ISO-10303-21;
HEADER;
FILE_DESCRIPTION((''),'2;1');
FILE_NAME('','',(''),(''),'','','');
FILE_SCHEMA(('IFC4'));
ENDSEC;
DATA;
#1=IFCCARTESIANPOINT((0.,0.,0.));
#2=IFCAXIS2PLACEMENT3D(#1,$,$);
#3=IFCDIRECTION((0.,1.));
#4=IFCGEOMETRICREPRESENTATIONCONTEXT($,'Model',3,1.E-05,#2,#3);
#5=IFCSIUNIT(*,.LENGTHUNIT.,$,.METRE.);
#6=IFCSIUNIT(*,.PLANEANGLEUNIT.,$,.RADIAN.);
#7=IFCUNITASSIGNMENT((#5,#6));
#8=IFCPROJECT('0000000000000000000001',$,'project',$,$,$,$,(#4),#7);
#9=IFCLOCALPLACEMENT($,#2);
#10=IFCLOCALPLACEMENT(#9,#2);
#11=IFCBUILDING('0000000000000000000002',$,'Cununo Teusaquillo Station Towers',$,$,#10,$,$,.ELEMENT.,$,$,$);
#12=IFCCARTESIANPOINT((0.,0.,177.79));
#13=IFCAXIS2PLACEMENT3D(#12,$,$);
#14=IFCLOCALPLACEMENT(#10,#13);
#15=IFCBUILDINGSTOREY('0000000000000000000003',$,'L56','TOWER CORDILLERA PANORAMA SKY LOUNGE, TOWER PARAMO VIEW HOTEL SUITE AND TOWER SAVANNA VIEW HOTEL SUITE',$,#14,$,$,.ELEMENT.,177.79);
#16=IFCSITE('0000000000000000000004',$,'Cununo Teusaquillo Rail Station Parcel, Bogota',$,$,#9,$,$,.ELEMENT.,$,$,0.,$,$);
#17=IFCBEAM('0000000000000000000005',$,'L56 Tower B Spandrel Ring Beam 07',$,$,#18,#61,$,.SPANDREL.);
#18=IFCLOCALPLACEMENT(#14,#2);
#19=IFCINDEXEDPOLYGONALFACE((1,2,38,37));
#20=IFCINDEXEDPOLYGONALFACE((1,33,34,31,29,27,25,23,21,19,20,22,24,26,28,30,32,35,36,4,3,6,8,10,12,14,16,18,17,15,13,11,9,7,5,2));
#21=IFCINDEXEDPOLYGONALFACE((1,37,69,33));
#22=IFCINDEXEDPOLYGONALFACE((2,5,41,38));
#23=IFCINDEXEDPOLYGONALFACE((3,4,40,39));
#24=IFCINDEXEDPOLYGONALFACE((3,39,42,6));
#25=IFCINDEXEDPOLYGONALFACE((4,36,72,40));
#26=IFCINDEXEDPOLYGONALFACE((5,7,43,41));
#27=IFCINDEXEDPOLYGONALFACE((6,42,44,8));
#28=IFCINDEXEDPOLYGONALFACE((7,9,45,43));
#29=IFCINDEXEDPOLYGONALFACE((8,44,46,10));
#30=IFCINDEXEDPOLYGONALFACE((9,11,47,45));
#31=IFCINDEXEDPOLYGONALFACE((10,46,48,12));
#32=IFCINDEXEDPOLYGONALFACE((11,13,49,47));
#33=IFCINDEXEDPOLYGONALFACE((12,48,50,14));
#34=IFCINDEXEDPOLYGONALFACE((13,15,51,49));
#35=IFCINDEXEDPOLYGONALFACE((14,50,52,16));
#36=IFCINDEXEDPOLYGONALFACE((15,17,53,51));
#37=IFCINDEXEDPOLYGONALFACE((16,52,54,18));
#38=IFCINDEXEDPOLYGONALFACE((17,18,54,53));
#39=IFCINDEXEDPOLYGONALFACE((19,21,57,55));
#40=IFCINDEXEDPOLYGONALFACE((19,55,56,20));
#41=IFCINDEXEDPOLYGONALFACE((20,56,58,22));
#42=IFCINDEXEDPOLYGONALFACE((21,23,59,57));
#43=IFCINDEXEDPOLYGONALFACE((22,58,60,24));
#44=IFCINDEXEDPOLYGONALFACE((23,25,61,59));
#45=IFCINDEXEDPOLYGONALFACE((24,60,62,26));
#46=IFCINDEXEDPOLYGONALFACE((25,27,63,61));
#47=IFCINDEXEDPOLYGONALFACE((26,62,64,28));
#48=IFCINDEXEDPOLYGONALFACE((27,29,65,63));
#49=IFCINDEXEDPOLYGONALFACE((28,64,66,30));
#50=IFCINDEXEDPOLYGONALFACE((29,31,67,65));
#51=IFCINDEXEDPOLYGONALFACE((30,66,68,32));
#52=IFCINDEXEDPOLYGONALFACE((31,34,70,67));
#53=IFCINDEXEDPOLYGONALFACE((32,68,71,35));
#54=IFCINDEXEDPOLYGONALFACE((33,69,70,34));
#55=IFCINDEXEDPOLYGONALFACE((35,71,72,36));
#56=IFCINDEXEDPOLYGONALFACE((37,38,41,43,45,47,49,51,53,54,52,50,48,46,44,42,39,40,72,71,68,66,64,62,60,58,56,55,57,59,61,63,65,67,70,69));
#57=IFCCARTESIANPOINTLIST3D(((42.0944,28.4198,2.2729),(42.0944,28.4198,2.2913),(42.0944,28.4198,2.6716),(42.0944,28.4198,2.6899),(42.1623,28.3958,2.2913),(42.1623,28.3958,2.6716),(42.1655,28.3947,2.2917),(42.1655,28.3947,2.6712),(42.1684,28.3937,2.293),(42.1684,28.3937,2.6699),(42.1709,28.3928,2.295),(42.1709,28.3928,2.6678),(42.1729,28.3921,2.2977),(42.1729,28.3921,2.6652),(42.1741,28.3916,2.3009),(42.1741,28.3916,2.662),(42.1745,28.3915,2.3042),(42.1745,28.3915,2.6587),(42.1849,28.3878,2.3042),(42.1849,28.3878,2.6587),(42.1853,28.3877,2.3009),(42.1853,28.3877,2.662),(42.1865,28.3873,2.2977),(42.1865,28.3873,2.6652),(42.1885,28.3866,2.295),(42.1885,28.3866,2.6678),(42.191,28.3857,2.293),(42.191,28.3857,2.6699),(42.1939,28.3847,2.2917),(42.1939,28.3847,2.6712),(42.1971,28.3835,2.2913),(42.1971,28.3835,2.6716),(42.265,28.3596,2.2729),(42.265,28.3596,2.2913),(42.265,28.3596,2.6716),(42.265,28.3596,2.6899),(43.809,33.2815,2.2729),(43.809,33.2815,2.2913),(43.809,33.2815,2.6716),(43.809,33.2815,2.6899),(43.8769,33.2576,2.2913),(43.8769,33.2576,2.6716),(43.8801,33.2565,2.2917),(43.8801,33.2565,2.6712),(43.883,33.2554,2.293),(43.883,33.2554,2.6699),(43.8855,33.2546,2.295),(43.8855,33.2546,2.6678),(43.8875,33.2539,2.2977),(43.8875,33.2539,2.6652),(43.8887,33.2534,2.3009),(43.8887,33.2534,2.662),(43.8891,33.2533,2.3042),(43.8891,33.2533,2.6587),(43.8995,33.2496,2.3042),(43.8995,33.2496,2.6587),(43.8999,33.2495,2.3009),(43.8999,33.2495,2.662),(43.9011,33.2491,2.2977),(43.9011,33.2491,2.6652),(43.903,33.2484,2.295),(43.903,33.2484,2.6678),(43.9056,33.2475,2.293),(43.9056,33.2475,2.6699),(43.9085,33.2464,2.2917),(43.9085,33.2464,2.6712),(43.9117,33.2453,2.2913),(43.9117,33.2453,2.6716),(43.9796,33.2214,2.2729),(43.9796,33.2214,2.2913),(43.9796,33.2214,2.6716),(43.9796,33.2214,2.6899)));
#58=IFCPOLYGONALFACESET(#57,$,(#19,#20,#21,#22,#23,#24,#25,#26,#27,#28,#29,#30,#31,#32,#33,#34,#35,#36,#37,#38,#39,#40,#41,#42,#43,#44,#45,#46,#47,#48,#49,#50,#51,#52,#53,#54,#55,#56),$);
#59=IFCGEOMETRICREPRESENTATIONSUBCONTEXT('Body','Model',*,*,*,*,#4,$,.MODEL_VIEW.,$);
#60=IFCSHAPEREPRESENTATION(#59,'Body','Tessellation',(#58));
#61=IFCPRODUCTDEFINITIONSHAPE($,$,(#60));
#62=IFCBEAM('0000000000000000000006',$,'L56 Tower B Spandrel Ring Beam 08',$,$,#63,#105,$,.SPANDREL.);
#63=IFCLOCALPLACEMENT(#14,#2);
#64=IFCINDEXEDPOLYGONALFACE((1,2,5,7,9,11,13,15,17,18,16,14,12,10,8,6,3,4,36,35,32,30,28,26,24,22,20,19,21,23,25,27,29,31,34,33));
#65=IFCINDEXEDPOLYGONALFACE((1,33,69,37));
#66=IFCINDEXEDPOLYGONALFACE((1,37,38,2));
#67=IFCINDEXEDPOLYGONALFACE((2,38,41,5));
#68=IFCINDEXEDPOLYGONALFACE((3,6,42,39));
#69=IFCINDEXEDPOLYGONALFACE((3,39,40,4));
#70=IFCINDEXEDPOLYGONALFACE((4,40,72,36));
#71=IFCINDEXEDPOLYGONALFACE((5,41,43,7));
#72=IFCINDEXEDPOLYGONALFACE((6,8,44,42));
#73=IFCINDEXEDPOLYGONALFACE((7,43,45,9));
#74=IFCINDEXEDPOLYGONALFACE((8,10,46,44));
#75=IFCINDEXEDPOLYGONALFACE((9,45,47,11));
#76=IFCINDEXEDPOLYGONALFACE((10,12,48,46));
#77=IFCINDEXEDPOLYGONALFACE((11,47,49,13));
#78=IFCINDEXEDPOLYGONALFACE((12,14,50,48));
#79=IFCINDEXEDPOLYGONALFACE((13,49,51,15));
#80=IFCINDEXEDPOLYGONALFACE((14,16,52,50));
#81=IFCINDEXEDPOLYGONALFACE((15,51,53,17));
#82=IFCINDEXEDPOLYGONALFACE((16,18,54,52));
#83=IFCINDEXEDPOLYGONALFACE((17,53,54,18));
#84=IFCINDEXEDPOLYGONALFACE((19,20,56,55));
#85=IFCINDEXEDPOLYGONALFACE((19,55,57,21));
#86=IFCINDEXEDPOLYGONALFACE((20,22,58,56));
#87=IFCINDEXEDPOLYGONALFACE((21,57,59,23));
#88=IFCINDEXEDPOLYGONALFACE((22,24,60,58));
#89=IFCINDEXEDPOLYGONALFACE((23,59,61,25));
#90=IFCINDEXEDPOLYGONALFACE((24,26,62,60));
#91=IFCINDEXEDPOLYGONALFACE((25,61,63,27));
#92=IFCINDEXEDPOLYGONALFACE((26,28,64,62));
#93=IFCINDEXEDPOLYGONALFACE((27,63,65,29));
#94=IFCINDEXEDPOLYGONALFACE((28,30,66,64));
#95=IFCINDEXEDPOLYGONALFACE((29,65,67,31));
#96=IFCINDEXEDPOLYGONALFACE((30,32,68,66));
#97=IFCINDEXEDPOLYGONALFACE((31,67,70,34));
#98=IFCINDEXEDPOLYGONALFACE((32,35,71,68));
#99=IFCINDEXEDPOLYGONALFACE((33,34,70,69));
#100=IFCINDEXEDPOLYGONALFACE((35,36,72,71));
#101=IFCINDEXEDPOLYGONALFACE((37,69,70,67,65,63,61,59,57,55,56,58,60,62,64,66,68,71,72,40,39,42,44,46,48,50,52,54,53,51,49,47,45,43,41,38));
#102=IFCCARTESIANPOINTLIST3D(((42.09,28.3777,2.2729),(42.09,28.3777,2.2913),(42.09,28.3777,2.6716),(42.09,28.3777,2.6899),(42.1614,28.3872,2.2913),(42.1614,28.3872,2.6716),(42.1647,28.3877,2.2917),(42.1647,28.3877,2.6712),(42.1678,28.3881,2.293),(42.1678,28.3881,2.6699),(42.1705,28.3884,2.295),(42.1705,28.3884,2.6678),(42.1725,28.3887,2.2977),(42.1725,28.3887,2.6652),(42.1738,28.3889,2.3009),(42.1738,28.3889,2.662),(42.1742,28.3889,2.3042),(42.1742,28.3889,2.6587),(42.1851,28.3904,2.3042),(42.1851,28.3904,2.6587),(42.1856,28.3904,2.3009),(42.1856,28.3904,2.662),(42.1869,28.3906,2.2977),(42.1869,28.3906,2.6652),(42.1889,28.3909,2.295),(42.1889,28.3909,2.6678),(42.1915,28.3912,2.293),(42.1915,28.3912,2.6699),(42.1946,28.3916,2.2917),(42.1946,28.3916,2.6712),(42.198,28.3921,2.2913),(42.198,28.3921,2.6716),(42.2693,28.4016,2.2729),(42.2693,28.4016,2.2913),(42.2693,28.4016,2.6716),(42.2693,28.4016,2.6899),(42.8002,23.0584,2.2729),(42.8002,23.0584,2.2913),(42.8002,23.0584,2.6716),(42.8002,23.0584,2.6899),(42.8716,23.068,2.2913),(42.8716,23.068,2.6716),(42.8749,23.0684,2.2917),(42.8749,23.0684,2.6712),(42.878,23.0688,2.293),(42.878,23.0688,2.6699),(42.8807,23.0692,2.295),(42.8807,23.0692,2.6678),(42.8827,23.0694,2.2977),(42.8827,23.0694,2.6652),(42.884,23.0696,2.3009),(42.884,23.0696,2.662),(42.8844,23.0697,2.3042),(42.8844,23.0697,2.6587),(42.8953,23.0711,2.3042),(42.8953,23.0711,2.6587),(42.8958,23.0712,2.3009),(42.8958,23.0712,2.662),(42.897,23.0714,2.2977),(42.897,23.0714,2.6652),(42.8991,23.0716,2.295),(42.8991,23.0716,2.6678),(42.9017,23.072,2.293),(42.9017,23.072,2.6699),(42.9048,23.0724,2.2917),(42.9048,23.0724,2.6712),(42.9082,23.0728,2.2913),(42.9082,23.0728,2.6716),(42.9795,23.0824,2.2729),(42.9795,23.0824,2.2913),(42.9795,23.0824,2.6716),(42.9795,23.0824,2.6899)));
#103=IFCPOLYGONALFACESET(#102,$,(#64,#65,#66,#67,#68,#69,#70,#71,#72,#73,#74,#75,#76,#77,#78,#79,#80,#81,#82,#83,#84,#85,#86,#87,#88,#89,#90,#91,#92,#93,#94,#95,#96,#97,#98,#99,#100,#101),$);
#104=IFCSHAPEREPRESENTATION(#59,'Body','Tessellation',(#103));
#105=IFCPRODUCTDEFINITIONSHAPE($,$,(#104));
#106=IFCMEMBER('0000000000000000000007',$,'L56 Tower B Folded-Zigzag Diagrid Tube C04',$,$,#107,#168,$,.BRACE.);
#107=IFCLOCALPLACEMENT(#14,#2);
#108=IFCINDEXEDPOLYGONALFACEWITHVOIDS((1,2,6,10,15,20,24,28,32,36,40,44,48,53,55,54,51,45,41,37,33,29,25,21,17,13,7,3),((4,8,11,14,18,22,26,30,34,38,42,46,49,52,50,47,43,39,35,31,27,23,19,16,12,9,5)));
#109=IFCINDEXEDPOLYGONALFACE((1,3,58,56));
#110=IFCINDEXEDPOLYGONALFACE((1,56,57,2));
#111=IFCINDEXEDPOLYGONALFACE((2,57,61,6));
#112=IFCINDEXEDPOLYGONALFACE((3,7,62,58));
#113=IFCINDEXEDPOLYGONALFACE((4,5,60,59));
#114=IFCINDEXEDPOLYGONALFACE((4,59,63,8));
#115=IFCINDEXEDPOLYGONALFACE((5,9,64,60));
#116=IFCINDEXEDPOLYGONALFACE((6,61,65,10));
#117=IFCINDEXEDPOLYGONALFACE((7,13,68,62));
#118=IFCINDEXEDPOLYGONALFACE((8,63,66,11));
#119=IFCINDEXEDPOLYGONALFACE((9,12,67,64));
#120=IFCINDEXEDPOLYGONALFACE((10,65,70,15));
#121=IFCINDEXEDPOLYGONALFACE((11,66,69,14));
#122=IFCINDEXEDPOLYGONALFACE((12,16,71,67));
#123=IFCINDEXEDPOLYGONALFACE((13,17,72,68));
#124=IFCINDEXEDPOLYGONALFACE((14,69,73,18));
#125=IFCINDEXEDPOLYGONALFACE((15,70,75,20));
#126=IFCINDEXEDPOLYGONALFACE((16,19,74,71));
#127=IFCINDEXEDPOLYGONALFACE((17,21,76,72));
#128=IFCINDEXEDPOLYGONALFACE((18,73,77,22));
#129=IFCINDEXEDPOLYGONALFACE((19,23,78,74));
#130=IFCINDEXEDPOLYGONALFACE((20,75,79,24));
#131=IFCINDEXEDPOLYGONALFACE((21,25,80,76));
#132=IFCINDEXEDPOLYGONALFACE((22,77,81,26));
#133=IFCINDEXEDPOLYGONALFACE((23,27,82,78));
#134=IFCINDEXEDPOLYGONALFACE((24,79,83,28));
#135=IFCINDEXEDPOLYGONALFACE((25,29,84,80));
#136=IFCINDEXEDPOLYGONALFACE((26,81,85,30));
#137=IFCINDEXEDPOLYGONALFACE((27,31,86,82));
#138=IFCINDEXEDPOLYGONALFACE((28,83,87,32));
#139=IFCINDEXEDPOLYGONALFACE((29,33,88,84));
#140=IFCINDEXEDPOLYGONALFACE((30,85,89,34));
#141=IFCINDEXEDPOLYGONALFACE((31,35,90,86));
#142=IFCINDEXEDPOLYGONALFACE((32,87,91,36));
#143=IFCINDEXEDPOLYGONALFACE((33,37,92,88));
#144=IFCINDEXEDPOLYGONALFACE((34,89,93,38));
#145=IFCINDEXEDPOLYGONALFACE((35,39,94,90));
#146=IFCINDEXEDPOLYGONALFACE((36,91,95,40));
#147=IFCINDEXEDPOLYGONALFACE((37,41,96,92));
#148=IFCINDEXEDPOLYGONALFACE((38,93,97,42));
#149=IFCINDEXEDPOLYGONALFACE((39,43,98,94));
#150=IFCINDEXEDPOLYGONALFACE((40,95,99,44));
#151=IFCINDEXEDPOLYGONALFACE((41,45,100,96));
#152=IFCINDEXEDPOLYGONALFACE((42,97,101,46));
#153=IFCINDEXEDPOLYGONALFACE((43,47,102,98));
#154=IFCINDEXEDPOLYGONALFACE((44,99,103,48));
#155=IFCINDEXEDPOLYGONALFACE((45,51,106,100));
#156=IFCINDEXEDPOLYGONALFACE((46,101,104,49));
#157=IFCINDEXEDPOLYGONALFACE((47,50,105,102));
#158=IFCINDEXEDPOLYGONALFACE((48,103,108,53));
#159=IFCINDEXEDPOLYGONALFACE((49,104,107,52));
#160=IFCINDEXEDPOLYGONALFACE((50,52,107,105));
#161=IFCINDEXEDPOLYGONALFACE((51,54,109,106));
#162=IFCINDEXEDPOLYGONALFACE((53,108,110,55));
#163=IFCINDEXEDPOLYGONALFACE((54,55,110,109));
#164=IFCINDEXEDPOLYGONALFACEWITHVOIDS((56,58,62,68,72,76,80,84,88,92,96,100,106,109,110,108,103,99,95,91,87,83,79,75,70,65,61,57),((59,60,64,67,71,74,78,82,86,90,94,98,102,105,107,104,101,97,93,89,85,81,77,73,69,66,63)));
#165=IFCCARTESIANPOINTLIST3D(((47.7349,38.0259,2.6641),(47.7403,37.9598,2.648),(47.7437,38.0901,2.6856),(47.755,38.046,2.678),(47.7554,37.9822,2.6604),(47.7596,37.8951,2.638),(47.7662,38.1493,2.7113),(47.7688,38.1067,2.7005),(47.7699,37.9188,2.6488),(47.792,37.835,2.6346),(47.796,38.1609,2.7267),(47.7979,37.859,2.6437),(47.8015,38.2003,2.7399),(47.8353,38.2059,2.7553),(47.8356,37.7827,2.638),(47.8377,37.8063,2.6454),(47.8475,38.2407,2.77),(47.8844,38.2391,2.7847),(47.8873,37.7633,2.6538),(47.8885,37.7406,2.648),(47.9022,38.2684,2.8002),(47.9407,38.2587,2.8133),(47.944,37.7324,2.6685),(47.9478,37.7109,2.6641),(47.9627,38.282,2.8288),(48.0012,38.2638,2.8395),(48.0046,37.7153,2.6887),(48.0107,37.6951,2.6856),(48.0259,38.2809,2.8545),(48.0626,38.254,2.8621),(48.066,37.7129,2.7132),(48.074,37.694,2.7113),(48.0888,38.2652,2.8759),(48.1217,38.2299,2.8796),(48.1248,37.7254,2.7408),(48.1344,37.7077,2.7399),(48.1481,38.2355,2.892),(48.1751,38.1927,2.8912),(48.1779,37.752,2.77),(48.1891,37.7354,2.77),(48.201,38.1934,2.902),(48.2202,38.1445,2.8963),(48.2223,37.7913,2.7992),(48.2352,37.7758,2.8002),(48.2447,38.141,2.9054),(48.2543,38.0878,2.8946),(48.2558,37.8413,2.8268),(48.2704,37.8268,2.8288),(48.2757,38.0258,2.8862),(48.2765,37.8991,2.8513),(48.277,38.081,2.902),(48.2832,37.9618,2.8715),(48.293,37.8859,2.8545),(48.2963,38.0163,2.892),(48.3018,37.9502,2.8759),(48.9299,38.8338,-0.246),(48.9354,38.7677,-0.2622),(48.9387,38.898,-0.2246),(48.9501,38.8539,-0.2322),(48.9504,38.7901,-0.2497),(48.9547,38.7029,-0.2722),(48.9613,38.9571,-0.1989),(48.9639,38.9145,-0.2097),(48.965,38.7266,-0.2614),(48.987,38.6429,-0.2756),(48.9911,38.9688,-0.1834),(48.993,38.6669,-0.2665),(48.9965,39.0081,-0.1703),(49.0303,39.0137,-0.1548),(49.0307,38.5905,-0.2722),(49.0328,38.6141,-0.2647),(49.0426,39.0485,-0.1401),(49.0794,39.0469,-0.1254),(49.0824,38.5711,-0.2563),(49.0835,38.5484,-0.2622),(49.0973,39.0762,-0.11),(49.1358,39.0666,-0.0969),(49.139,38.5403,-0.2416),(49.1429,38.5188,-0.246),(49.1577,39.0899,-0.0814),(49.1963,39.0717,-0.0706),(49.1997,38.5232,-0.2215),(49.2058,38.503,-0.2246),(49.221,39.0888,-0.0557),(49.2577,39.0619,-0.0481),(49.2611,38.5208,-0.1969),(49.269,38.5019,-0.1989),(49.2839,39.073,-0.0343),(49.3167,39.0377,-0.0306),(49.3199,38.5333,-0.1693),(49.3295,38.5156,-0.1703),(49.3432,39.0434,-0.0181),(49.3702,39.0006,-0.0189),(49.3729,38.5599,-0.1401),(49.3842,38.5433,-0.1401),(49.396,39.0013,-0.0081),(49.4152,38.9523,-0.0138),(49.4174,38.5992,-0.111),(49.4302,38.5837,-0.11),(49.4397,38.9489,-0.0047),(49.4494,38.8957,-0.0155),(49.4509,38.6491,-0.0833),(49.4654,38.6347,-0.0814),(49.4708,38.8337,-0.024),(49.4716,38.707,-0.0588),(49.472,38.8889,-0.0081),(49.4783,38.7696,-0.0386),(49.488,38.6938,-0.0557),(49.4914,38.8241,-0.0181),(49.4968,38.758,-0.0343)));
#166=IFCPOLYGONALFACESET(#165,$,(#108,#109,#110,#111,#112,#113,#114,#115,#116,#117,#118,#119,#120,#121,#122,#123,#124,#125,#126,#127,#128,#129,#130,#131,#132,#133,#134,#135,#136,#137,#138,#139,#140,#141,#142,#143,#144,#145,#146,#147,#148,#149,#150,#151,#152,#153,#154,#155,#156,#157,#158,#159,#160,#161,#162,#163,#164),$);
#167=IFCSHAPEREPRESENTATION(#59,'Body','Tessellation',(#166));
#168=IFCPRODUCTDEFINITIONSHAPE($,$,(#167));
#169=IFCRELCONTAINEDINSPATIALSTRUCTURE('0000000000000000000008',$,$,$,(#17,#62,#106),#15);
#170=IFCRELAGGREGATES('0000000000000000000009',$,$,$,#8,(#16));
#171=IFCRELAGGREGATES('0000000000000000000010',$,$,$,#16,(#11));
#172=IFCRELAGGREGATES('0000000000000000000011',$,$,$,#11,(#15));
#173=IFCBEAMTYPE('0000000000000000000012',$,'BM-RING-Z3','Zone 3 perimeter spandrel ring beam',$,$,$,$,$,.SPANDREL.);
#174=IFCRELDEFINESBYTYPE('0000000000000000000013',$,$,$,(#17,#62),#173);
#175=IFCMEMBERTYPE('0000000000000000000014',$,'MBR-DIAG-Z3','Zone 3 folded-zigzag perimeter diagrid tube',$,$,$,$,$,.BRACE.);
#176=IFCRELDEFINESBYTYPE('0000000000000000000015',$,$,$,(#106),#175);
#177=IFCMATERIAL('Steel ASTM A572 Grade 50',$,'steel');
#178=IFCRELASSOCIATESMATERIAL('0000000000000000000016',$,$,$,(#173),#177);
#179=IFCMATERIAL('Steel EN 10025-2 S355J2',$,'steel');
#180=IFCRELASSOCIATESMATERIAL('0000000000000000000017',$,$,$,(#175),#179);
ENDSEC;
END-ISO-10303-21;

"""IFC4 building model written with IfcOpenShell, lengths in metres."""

from ifc_helpers import new_model, si_unit, direction, frame, origin, origin_2d, place, context, subcontext, project, spatial, hollow_circle, i_section, extrude, material, material_profile, profile_set, type_object, element, save


model = new_model("IFC4")

# Units and contexts
model_context = context("Model", 3, precision=1e-05, world=origin(), true_north=direction((0.0, 1.0)))
body_context = subcontext(model_context, "Body", "Model", "MODEL_VIEW")
ifc_project = project(units=[si_unit("LENGTHUNIT", "METRE"), si_unit("PLANEANGLEUNIT", "RADIAN")], contexts=[model_context])

# Site, building, storey
site_placement = place(None, origin())
site = spatial("IfcSite", under=ifc_project, at=site_placement, Name="Cununo Teusaquillo Rail Station Parcel, Bogota", CompositionType="ELEMENT", RefElevation=0.0)
building_placement = place(site_placement, origin())
building = spatial("IfcBuilding", under=site, at=building_placement, Name="Cununo Teusaquillo Station Towers", CompositionType="ELEMENT")
storey_placement = place(building_placement, frame((0.0, 0.0, 177.79)))
storey = spatial("IfcBuildingStorey", under=building, at=storey_placement, Name="L56", Description="TOWER CORDILLERA PANORAMA SKY LOUNGE, TOWER PARAMO VIEW HOTEL SUITE AND TOWER SAVANNA VIEW HOTEL SUITE", CompositionType="ELEMENT", Elevation=177.79)

# Beams
ifc_material_1 = material(Name="Steel ASTM A572 Grade 50", Category="steel")
ifc_material_profile_1 = material_profile(ifc_material_1, i_section(OverallWidth=0.1809, OverallDepth=0.417, WebThickness=0.011, FlangeThickness=0.0183, FilletRadius=0.0129, at=origin_2d()), Name="W16X57")
ifc_profile_set_1 = profile_set([ifc_material_profile_1], Name="Steel ASTM A572 Grade 50")
beam_type_1 = type_object("IfcBeamType", Name="BM-RING-Z3", Description="Zone 3 perimeter spandrel ring beam", PredefinedType="SPANDREL", material=ifc_profile_set_1)
beam_1_placement = place(storey_placement, frame((43.8943, 33.2515, 2.4814), z_axis=(-0.33259, -0.943072, 0.0), x_axis=(0.943072, -0.33259, 0.0)))
element("IfcBeam", 1, at=beam_1_placement, inside=storey, type_object=beam_type_1, Name="L56 Tower B Spandrel Ring Beam 07", PredefinedType="SPANDREL", context=body_context, shape_type="SweptSolid", body=[
    extrude(i_section(OverallWidth=0.1809, OverallDepth=0.417, WebThickness=0.011, FlangeThickness=0.0183, FilletRadius=0.0129, at=origin_2d()), origin(), (0.0, 0.0, 1.0), 5.1553),
])
beam_2_placement = place(storey_placement, frame((42.1797, 28.3896, 2.4814), z_axis=(0.13234, -0.991204, 0.0), x_axis=(0.991204, 0.13234, 0.0)))
element("IfcBeam", 2, at=beam_2_placement, inside=storey, type_object=beam_type_1, Name="L56 Tower B Spandrel Ring Beam 08", PredefinedType="SPANDREL", context=body_context, shape_type="SweptSolid", body=[
    extrude(i_section(OverallWidth=0.1809, OverallDepth=0.417, WebThickness=0.011, FlangeThickness=0.0183, FilletRadius=0.0129, at=origin_2d()), origin(), (0.0, 0.0, 1.0), 5.3665),
])

# Member
ifc_material_2 = material(Name="Steel EN 10025-2 S355J2", Category="steel")
ifc_material_profile_2 = material_profile(ifc_material_2, hollow_circle(Radius=0.3049, WallThickness=0.02, at=origin_2d()), Name="CHS 610x20")
ifc_profile_set_2 = profile_set([ifc_material_profile_2], Name="Steel EN 10025-2 S355J2")
member_type = type_object("IfcMemberType", Name="MBR-DIAG-Z3", Description="Zone 3 folded-zigzag perimeter diagrid tube", PredefinedType="BRACE", material=ifc_profile_set_2)
member_1_placement = place(storey_placement, frame((49.2134, 38.7959, -0.1401), z_axis=(-0.367934, -0.248722, 0.89597), x_axis=(0.56004, -0.828466, 0.0)))
element("IfcMember", 3, at=member_1_placement, inside=storey, type_object=member_type, Name="L56 Tower B Folded-Zigzag Diagrid Tube C04", PredefinedType="BRACE", context=body_context, shape_type="SweptSolid", body=[
    extrude(hollow_circle(Radius=0.3049, WallThickness=0.02, at=origin_2d()), origin(), (0.0, 0.0, 1.0), 3.248),
])

save(model, "model.ifc")
